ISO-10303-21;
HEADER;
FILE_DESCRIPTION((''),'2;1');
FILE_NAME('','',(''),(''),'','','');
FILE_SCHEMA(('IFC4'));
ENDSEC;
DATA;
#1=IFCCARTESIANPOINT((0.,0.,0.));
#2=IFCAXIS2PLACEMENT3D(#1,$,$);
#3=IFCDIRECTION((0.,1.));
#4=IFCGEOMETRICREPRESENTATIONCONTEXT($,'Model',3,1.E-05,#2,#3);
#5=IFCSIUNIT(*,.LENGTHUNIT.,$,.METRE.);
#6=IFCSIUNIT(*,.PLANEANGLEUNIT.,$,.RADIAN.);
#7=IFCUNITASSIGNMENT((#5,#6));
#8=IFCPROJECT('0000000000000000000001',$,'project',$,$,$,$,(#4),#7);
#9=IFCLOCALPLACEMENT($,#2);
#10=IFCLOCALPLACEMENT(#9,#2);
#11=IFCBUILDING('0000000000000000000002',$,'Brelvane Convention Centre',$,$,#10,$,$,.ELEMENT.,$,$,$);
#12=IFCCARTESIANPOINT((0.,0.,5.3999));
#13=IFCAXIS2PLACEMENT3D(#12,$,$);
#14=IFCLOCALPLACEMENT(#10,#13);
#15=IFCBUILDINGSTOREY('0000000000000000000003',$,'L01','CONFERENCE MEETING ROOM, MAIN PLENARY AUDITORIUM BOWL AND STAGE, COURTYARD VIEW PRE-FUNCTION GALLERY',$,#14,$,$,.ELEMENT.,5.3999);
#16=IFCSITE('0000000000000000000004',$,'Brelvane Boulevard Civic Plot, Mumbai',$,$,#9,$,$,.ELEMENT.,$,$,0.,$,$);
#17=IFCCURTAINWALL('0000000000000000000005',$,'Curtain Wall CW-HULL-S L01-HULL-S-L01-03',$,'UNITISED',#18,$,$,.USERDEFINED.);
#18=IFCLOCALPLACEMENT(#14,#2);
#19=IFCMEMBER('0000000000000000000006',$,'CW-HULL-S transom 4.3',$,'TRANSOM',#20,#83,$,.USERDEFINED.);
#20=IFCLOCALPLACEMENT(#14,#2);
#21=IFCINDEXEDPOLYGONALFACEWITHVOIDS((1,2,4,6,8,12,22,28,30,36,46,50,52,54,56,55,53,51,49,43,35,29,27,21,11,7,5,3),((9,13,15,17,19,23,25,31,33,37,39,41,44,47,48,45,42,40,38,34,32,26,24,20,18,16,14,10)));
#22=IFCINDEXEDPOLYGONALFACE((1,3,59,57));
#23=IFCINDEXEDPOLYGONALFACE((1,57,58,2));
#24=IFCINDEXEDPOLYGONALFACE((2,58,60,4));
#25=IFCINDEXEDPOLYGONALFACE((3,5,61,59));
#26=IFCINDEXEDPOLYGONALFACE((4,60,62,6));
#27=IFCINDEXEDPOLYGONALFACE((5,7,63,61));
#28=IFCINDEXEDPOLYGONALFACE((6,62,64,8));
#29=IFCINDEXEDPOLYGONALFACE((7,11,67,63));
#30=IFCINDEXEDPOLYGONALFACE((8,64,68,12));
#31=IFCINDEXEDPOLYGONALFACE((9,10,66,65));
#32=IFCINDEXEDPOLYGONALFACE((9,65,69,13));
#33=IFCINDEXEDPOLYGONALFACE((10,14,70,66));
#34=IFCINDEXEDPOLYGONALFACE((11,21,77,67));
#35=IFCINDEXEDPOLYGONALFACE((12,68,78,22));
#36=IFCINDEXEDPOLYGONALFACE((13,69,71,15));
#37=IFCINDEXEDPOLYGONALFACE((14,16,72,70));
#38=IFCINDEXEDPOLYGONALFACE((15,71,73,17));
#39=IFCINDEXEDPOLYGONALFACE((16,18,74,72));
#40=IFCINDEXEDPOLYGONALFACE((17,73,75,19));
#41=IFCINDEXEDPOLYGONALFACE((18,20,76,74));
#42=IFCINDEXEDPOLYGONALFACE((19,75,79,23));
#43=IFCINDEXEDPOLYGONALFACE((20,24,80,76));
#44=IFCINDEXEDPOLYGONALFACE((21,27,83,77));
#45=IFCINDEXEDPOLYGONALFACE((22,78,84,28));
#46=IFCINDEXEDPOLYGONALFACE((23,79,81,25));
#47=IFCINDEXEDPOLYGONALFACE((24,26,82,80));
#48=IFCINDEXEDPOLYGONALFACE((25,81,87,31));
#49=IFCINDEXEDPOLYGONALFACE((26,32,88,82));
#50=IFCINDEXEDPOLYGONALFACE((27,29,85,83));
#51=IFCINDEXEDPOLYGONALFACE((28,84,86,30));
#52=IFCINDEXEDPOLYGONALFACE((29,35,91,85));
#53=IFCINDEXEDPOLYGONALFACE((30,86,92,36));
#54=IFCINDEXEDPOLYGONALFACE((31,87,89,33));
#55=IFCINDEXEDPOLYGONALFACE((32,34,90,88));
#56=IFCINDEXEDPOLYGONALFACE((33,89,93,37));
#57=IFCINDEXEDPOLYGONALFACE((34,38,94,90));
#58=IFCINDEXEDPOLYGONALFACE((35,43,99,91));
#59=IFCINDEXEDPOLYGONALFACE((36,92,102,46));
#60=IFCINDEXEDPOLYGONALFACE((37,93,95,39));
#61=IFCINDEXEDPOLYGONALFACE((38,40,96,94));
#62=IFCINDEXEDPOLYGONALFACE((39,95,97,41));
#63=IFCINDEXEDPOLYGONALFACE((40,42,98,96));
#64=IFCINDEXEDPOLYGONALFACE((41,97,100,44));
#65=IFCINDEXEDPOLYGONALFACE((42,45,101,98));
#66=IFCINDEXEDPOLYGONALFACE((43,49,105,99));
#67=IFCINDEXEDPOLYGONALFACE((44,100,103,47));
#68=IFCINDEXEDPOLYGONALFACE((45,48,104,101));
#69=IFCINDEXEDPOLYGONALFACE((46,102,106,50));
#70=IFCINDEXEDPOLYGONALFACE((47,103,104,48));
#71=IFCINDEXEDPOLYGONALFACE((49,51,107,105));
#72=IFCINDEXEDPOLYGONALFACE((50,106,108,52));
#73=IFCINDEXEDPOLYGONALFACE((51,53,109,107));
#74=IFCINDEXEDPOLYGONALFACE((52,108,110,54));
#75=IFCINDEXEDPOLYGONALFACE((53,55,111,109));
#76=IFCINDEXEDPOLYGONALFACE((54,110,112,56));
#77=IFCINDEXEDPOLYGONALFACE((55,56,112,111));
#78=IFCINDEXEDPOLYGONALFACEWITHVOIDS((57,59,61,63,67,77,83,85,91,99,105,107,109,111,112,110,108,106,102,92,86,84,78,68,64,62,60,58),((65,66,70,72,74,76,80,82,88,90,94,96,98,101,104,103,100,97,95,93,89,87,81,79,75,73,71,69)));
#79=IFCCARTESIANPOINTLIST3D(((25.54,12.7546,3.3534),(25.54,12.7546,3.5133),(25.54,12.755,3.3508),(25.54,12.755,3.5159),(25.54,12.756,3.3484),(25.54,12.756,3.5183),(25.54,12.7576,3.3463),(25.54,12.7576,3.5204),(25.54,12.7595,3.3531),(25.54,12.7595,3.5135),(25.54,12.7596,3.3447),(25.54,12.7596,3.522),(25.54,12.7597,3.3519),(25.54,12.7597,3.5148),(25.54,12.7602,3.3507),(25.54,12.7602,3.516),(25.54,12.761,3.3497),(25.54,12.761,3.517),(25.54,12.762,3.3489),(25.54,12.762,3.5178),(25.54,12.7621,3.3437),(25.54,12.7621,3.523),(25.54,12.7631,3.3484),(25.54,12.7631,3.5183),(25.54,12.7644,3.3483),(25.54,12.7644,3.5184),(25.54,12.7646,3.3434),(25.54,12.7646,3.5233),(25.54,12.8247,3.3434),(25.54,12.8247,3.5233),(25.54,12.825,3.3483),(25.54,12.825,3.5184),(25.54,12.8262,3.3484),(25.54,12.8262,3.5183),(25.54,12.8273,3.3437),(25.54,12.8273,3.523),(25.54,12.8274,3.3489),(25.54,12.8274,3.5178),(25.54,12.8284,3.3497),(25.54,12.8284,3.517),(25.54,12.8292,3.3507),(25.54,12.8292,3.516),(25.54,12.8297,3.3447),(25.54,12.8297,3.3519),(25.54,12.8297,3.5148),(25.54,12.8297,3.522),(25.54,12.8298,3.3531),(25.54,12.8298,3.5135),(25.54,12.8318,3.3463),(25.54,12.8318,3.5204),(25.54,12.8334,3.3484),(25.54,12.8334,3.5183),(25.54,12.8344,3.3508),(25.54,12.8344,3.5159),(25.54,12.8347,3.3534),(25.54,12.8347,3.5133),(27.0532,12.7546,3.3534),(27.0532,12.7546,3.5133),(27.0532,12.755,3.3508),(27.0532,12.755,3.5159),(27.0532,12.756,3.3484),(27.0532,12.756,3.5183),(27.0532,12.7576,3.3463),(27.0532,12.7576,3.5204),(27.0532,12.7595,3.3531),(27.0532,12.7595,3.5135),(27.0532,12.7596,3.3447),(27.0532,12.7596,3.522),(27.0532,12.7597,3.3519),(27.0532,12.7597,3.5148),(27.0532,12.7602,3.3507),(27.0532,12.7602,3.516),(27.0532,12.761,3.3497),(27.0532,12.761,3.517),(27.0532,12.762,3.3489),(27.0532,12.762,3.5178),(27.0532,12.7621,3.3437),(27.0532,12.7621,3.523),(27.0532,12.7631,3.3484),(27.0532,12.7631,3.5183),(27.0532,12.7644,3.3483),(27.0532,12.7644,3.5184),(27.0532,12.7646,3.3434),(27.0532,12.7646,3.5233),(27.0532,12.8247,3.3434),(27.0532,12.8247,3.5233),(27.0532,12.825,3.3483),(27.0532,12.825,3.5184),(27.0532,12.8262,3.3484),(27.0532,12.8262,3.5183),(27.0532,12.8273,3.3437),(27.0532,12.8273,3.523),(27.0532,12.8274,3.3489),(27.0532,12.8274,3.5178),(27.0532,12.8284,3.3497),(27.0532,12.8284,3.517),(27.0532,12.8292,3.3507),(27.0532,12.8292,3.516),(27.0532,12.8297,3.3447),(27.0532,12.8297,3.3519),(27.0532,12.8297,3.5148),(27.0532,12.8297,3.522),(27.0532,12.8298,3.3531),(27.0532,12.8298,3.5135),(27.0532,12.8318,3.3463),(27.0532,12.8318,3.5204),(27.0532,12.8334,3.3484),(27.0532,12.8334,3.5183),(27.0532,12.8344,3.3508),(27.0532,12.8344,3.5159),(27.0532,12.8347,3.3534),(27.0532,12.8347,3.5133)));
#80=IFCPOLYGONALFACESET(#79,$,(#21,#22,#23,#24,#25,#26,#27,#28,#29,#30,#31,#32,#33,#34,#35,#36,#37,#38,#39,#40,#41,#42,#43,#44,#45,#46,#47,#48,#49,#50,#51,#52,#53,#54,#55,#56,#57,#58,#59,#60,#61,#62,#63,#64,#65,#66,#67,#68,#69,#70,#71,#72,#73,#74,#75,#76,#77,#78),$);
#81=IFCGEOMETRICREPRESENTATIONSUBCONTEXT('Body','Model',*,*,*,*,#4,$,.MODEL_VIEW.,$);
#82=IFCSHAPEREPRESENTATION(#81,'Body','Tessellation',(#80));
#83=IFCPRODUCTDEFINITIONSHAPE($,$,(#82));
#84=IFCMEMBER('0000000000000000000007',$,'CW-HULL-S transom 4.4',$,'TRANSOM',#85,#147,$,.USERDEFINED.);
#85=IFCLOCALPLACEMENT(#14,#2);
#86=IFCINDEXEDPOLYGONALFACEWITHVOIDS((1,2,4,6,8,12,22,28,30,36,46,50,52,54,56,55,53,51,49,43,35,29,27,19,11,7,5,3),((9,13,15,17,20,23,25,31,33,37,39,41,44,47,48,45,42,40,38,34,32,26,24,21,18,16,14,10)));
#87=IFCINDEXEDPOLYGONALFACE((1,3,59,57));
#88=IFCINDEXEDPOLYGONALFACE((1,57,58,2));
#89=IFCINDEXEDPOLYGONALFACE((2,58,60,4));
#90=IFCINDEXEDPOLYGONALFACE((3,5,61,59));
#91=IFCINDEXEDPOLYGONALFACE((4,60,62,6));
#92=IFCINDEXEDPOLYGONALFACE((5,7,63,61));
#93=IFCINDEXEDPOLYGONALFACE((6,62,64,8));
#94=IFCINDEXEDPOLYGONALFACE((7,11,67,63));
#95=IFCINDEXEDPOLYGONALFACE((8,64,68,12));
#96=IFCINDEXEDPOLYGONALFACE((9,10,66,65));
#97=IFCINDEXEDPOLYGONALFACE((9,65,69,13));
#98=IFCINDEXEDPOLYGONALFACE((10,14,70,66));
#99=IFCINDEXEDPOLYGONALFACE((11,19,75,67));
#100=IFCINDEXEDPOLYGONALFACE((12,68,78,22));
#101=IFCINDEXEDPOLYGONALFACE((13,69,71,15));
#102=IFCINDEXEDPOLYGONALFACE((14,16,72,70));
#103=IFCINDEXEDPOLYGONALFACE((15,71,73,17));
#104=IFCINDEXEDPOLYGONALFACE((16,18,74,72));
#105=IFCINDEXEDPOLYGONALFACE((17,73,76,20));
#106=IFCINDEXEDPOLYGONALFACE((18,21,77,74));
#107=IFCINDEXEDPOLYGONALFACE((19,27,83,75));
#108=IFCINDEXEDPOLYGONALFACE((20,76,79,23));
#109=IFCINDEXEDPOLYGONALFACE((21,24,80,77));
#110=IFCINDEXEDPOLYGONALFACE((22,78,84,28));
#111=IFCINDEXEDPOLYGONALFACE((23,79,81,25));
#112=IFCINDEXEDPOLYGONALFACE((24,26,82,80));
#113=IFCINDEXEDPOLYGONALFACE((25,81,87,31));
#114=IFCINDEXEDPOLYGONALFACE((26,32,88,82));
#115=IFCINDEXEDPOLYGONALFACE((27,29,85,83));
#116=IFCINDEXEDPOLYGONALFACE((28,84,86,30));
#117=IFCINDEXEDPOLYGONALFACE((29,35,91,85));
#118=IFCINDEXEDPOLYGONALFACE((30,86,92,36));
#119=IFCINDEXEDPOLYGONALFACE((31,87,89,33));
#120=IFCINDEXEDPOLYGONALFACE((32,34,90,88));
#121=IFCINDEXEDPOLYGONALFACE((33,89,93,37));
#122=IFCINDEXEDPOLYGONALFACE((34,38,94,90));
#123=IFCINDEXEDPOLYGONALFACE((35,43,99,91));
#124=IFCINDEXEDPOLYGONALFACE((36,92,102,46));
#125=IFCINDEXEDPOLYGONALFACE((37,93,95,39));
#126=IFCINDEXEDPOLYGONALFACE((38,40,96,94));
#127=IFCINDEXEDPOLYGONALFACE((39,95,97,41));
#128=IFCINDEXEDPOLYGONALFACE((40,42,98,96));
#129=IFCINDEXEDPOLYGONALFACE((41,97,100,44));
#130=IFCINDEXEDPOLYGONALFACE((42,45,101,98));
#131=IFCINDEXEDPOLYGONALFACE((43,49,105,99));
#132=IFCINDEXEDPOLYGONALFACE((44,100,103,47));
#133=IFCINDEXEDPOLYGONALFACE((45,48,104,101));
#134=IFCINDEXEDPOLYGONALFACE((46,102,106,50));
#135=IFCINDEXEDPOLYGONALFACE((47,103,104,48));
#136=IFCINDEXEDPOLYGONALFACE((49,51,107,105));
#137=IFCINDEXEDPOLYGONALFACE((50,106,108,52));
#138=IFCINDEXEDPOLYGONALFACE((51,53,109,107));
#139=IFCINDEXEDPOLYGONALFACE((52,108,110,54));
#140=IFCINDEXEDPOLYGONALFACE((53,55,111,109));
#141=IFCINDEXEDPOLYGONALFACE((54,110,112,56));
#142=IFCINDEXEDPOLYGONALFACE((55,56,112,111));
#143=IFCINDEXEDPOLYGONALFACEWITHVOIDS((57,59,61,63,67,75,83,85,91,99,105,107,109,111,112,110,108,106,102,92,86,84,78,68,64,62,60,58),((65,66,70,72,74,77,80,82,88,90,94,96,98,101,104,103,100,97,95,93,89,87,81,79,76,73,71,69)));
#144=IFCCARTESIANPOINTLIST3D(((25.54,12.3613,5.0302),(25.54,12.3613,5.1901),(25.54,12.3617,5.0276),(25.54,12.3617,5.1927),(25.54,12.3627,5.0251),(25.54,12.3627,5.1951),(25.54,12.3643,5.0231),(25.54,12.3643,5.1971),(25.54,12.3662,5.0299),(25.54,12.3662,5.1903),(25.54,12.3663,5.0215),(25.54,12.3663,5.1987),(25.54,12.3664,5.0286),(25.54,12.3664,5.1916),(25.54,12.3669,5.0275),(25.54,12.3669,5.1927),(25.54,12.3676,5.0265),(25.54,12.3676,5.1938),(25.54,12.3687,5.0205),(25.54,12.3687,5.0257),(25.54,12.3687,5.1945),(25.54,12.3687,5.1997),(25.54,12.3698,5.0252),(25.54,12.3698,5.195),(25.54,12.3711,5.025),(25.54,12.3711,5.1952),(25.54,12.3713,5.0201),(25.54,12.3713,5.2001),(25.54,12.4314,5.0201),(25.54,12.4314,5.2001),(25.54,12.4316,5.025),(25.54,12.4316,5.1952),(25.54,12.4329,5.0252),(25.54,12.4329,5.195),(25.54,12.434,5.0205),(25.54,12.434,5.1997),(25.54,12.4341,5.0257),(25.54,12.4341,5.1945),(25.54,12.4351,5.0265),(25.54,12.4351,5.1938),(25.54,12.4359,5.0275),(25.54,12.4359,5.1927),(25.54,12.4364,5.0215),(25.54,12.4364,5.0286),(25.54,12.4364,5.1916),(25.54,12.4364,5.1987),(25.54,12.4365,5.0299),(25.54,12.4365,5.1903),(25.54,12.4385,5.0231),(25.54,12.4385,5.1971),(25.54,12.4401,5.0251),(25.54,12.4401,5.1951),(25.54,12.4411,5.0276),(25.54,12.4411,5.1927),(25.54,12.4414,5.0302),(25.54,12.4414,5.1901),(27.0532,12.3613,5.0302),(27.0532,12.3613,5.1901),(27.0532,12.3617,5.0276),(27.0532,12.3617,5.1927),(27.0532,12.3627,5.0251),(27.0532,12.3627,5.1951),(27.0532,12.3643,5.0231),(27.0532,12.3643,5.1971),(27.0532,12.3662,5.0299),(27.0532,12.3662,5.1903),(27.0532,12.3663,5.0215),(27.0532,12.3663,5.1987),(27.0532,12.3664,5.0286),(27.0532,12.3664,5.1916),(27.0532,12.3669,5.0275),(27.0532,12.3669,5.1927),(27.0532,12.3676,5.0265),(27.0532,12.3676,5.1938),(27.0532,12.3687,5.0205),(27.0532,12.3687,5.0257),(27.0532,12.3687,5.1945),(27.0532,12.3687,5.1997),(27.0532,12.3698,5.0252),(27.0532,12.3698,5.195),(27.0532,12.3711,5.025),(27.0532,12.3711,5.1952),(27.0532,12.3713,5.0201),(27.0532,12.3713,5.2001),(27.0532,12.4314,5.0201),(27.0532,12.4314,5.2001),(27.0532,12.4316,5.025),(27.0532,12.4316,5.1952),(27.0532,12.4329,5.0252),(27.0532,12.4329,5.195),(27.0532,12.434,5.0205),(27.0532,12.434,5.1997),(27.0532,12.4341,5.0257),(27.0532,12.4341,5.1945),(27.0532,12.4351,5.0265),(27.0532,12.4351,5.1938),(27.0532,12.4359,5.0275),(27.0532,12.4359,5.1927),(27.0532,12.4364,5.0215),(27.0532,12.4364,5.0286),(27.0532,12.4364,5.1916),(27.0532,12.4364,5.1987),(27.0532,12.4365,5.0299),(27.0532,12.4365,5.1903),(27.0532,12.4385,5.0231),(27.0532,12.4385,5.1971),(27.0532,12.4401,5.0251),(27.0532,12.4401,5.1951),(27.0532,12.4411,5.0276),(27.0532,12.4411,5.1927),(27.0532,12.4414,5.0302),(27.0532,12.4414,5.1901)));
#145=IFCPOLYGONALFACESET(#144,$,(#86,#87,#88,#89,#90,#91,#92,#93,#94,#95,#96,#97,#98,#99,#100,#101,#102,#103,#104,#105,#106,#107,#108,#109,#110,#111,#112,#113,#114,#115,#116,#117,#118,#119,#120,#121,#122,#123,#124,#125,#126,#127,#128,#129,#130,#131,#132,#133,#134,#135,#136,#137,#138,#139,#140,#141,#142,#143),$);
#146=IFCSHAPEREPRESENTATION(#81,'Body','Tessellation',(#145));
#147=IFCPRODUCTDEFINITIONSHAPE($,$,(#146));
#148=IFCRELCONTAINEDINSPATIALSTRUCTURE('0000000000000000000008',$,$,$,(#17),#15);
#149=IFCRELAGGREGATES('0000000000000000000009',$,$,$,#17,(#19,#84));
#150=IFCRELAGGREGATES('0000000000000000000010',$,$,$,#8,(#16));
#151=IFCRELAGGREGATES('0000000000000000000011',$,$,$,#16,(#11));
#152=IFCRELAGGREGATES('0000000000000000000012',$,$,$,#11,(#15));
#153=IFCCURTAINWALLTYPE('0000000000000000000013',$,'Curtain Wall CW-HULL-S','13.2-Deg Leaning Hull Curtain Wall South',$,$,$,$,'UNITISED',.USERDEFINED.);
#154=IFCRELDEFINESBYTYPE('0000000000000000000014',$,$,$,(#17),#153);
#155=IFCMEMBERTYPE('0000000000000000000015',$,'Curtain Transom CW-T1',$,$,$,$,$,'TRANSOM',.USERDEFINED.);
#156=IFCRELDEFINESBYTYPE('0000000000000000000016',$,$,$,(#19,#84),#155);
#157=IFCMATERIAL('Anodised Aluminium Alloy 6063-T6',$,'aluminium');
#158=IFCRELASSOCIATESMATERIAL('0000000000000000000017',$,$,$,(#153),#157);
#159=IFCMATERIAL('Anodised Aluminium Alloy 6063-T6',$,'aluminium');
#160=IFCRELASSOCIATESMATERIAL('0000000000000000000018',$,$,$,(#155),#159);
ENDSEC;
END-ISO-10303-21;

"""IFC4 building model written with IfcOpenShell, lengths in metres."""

from ifc_helpers import new_model, si_unit, direction, frame, origin, origin_2d, place, context, subcontext, project, spatial, hollow_rectangle, extrude, material, material_profile, profile_set, type_object, element, aggregate, save


model = new_model("IFC4")

# Units and contexts
model_context = context("Model", 3, precision=1e-05, world=origin(), true_north=direction((0.0, 1.0)))
body_context = subcontext(model_context, "Body", "Model", "MODEL_VIEW")
ifc_project = project(units=[si_unit("LENGTHUNIT", "METRE"), si_unit("PLANEANGLEUNIT", "RADIAN")], contexts=[model_context])

# Site, building, storey
site_placement = place(None, origin())
site = spatial("IfcSite", under=ifc_project, at=site_placement, Name="Brelvane Boulevard Civic Plot, Mumbai", CompositionType="ELEMENT", RefElevation=0.0)
building_placement = place(site_placement, origin())
building = spatial("IfcBuilding", under=site, at=building_placement, Name="Brelvane Convention Centre", CompositionType="ELEMENT")
storey_placement = place(building_placement, frame((0.0, 0.0, 5.3999)))
storey = spatial("IfcBuildingStorey", under=building, at=storey_placement, Name="L01", Description="CONFERENCE MEETING ROOM, MAIN PLENARY AUDITORIUM BOWL AND STAGE, COURTYARD VIEW PRE-FUNCTION GALLERY", CompositionType="ELEMENT", Elevation=5.3999)

# Curtain wall, members
ifc_material_1 = material(Name="Anodised Aluminium Alloy 6063-T6", Category="aluminium")
curtain_wall_type = type_object("IfcCurtainWallType", Name="Curtain Wall CW-HULL-S", Description="13.2-Deg Leaning Hull Curtain Wall South", ElementType="UNITISED", PredefinedType="USERDEFINED", material=ifc_material_1)
curtain_wall_1_placement = place(storey_placement, origin())
curtain_wall_1 = element("IfcCurtainWall", 1, at=curtain_wall_1_placement, inside=storey, type_object=curtain_wall_type, Name="Curtain Wall CW-HULL-S L01-HULL-S-L01-03", ObjectType="UNITISED", PredefinedType="USERDEFINED")
ifc_material_2 = material(Name="Anodised Aluminium Alloy 6063-T6", Category="aluminium")
ifc_material_profile = material_profile(ifc_material_2, hollow_rectangle(XDim=0.0801, YDim=0.1799, WallThickness=0.0049, InnerFilletRadius=0.0049, OuterFilletRadius=0.01, at=origin_2d()), Name="ALU-T 180x80x5.0")
ifc_profile_set = profile_set([ifc_material_profile], Name="Anodised Aluminium Alloy 6063-T6")
member_type = type_object("IfcMemberType", Name="Curtain Transom CW-T1", ElementType="TRANSOM", PredefinedType="USERDEFINED", material=ifc_profile_set)
member_1_placement = place(storey_placement, frame((25.54, 12.7947, 3.4333), z_axis=(1.0, 0.0, 0.0), x_axis=(0.0, 1.0, 0.0)))
member_1 = element("IfcMember", 2, at=member_1_placement, type_object=member_type, Name="CW-HULL-S transom 4.3", ObjectType="TRANSOM", PredefinedType="USERDEFINED", context=body_context, shape_type="SweptSolid", body=[
    extrude(hollow_rectangle(XDim=0.0801, YDim=0.1799, WallThickness=0.0049, InnerFilletRadius=0.0049, OuterFilletRadius=0.01, at=origin_2d()), origin(), (0.0, 0.0, 1.0), 1.5132),
])
member_2_placement = place(storey_placement, frame((25.54, 12.4014, 5.1101), z_axis=(1.0, 0.0, 0.0), x_axis=(0.0, 1.0, 0.0)))
member_2 = element("IfcMember", 3, at=member_2_placement, type_object=member_type, Name="CW-HULL-S transom 4.4", ObjectType="TRANSOM", PredefinedType="USERDEFINED", context=body_context, shape_type="SweptSolid", body=[
    extrude(hollow_rectangle(XDim=0.0801, YDim=0.1799, WallThickness=0.0049, InnerFilletRadius=0.0049, OuterFilletRadius=0.01, at=origin_2d()), origin(), (0.0, 0.0, 1.0), 1.5132),
])

aggregate(curtain_wall_1, [member_1, member_2])

save(model, "model.ifc")
